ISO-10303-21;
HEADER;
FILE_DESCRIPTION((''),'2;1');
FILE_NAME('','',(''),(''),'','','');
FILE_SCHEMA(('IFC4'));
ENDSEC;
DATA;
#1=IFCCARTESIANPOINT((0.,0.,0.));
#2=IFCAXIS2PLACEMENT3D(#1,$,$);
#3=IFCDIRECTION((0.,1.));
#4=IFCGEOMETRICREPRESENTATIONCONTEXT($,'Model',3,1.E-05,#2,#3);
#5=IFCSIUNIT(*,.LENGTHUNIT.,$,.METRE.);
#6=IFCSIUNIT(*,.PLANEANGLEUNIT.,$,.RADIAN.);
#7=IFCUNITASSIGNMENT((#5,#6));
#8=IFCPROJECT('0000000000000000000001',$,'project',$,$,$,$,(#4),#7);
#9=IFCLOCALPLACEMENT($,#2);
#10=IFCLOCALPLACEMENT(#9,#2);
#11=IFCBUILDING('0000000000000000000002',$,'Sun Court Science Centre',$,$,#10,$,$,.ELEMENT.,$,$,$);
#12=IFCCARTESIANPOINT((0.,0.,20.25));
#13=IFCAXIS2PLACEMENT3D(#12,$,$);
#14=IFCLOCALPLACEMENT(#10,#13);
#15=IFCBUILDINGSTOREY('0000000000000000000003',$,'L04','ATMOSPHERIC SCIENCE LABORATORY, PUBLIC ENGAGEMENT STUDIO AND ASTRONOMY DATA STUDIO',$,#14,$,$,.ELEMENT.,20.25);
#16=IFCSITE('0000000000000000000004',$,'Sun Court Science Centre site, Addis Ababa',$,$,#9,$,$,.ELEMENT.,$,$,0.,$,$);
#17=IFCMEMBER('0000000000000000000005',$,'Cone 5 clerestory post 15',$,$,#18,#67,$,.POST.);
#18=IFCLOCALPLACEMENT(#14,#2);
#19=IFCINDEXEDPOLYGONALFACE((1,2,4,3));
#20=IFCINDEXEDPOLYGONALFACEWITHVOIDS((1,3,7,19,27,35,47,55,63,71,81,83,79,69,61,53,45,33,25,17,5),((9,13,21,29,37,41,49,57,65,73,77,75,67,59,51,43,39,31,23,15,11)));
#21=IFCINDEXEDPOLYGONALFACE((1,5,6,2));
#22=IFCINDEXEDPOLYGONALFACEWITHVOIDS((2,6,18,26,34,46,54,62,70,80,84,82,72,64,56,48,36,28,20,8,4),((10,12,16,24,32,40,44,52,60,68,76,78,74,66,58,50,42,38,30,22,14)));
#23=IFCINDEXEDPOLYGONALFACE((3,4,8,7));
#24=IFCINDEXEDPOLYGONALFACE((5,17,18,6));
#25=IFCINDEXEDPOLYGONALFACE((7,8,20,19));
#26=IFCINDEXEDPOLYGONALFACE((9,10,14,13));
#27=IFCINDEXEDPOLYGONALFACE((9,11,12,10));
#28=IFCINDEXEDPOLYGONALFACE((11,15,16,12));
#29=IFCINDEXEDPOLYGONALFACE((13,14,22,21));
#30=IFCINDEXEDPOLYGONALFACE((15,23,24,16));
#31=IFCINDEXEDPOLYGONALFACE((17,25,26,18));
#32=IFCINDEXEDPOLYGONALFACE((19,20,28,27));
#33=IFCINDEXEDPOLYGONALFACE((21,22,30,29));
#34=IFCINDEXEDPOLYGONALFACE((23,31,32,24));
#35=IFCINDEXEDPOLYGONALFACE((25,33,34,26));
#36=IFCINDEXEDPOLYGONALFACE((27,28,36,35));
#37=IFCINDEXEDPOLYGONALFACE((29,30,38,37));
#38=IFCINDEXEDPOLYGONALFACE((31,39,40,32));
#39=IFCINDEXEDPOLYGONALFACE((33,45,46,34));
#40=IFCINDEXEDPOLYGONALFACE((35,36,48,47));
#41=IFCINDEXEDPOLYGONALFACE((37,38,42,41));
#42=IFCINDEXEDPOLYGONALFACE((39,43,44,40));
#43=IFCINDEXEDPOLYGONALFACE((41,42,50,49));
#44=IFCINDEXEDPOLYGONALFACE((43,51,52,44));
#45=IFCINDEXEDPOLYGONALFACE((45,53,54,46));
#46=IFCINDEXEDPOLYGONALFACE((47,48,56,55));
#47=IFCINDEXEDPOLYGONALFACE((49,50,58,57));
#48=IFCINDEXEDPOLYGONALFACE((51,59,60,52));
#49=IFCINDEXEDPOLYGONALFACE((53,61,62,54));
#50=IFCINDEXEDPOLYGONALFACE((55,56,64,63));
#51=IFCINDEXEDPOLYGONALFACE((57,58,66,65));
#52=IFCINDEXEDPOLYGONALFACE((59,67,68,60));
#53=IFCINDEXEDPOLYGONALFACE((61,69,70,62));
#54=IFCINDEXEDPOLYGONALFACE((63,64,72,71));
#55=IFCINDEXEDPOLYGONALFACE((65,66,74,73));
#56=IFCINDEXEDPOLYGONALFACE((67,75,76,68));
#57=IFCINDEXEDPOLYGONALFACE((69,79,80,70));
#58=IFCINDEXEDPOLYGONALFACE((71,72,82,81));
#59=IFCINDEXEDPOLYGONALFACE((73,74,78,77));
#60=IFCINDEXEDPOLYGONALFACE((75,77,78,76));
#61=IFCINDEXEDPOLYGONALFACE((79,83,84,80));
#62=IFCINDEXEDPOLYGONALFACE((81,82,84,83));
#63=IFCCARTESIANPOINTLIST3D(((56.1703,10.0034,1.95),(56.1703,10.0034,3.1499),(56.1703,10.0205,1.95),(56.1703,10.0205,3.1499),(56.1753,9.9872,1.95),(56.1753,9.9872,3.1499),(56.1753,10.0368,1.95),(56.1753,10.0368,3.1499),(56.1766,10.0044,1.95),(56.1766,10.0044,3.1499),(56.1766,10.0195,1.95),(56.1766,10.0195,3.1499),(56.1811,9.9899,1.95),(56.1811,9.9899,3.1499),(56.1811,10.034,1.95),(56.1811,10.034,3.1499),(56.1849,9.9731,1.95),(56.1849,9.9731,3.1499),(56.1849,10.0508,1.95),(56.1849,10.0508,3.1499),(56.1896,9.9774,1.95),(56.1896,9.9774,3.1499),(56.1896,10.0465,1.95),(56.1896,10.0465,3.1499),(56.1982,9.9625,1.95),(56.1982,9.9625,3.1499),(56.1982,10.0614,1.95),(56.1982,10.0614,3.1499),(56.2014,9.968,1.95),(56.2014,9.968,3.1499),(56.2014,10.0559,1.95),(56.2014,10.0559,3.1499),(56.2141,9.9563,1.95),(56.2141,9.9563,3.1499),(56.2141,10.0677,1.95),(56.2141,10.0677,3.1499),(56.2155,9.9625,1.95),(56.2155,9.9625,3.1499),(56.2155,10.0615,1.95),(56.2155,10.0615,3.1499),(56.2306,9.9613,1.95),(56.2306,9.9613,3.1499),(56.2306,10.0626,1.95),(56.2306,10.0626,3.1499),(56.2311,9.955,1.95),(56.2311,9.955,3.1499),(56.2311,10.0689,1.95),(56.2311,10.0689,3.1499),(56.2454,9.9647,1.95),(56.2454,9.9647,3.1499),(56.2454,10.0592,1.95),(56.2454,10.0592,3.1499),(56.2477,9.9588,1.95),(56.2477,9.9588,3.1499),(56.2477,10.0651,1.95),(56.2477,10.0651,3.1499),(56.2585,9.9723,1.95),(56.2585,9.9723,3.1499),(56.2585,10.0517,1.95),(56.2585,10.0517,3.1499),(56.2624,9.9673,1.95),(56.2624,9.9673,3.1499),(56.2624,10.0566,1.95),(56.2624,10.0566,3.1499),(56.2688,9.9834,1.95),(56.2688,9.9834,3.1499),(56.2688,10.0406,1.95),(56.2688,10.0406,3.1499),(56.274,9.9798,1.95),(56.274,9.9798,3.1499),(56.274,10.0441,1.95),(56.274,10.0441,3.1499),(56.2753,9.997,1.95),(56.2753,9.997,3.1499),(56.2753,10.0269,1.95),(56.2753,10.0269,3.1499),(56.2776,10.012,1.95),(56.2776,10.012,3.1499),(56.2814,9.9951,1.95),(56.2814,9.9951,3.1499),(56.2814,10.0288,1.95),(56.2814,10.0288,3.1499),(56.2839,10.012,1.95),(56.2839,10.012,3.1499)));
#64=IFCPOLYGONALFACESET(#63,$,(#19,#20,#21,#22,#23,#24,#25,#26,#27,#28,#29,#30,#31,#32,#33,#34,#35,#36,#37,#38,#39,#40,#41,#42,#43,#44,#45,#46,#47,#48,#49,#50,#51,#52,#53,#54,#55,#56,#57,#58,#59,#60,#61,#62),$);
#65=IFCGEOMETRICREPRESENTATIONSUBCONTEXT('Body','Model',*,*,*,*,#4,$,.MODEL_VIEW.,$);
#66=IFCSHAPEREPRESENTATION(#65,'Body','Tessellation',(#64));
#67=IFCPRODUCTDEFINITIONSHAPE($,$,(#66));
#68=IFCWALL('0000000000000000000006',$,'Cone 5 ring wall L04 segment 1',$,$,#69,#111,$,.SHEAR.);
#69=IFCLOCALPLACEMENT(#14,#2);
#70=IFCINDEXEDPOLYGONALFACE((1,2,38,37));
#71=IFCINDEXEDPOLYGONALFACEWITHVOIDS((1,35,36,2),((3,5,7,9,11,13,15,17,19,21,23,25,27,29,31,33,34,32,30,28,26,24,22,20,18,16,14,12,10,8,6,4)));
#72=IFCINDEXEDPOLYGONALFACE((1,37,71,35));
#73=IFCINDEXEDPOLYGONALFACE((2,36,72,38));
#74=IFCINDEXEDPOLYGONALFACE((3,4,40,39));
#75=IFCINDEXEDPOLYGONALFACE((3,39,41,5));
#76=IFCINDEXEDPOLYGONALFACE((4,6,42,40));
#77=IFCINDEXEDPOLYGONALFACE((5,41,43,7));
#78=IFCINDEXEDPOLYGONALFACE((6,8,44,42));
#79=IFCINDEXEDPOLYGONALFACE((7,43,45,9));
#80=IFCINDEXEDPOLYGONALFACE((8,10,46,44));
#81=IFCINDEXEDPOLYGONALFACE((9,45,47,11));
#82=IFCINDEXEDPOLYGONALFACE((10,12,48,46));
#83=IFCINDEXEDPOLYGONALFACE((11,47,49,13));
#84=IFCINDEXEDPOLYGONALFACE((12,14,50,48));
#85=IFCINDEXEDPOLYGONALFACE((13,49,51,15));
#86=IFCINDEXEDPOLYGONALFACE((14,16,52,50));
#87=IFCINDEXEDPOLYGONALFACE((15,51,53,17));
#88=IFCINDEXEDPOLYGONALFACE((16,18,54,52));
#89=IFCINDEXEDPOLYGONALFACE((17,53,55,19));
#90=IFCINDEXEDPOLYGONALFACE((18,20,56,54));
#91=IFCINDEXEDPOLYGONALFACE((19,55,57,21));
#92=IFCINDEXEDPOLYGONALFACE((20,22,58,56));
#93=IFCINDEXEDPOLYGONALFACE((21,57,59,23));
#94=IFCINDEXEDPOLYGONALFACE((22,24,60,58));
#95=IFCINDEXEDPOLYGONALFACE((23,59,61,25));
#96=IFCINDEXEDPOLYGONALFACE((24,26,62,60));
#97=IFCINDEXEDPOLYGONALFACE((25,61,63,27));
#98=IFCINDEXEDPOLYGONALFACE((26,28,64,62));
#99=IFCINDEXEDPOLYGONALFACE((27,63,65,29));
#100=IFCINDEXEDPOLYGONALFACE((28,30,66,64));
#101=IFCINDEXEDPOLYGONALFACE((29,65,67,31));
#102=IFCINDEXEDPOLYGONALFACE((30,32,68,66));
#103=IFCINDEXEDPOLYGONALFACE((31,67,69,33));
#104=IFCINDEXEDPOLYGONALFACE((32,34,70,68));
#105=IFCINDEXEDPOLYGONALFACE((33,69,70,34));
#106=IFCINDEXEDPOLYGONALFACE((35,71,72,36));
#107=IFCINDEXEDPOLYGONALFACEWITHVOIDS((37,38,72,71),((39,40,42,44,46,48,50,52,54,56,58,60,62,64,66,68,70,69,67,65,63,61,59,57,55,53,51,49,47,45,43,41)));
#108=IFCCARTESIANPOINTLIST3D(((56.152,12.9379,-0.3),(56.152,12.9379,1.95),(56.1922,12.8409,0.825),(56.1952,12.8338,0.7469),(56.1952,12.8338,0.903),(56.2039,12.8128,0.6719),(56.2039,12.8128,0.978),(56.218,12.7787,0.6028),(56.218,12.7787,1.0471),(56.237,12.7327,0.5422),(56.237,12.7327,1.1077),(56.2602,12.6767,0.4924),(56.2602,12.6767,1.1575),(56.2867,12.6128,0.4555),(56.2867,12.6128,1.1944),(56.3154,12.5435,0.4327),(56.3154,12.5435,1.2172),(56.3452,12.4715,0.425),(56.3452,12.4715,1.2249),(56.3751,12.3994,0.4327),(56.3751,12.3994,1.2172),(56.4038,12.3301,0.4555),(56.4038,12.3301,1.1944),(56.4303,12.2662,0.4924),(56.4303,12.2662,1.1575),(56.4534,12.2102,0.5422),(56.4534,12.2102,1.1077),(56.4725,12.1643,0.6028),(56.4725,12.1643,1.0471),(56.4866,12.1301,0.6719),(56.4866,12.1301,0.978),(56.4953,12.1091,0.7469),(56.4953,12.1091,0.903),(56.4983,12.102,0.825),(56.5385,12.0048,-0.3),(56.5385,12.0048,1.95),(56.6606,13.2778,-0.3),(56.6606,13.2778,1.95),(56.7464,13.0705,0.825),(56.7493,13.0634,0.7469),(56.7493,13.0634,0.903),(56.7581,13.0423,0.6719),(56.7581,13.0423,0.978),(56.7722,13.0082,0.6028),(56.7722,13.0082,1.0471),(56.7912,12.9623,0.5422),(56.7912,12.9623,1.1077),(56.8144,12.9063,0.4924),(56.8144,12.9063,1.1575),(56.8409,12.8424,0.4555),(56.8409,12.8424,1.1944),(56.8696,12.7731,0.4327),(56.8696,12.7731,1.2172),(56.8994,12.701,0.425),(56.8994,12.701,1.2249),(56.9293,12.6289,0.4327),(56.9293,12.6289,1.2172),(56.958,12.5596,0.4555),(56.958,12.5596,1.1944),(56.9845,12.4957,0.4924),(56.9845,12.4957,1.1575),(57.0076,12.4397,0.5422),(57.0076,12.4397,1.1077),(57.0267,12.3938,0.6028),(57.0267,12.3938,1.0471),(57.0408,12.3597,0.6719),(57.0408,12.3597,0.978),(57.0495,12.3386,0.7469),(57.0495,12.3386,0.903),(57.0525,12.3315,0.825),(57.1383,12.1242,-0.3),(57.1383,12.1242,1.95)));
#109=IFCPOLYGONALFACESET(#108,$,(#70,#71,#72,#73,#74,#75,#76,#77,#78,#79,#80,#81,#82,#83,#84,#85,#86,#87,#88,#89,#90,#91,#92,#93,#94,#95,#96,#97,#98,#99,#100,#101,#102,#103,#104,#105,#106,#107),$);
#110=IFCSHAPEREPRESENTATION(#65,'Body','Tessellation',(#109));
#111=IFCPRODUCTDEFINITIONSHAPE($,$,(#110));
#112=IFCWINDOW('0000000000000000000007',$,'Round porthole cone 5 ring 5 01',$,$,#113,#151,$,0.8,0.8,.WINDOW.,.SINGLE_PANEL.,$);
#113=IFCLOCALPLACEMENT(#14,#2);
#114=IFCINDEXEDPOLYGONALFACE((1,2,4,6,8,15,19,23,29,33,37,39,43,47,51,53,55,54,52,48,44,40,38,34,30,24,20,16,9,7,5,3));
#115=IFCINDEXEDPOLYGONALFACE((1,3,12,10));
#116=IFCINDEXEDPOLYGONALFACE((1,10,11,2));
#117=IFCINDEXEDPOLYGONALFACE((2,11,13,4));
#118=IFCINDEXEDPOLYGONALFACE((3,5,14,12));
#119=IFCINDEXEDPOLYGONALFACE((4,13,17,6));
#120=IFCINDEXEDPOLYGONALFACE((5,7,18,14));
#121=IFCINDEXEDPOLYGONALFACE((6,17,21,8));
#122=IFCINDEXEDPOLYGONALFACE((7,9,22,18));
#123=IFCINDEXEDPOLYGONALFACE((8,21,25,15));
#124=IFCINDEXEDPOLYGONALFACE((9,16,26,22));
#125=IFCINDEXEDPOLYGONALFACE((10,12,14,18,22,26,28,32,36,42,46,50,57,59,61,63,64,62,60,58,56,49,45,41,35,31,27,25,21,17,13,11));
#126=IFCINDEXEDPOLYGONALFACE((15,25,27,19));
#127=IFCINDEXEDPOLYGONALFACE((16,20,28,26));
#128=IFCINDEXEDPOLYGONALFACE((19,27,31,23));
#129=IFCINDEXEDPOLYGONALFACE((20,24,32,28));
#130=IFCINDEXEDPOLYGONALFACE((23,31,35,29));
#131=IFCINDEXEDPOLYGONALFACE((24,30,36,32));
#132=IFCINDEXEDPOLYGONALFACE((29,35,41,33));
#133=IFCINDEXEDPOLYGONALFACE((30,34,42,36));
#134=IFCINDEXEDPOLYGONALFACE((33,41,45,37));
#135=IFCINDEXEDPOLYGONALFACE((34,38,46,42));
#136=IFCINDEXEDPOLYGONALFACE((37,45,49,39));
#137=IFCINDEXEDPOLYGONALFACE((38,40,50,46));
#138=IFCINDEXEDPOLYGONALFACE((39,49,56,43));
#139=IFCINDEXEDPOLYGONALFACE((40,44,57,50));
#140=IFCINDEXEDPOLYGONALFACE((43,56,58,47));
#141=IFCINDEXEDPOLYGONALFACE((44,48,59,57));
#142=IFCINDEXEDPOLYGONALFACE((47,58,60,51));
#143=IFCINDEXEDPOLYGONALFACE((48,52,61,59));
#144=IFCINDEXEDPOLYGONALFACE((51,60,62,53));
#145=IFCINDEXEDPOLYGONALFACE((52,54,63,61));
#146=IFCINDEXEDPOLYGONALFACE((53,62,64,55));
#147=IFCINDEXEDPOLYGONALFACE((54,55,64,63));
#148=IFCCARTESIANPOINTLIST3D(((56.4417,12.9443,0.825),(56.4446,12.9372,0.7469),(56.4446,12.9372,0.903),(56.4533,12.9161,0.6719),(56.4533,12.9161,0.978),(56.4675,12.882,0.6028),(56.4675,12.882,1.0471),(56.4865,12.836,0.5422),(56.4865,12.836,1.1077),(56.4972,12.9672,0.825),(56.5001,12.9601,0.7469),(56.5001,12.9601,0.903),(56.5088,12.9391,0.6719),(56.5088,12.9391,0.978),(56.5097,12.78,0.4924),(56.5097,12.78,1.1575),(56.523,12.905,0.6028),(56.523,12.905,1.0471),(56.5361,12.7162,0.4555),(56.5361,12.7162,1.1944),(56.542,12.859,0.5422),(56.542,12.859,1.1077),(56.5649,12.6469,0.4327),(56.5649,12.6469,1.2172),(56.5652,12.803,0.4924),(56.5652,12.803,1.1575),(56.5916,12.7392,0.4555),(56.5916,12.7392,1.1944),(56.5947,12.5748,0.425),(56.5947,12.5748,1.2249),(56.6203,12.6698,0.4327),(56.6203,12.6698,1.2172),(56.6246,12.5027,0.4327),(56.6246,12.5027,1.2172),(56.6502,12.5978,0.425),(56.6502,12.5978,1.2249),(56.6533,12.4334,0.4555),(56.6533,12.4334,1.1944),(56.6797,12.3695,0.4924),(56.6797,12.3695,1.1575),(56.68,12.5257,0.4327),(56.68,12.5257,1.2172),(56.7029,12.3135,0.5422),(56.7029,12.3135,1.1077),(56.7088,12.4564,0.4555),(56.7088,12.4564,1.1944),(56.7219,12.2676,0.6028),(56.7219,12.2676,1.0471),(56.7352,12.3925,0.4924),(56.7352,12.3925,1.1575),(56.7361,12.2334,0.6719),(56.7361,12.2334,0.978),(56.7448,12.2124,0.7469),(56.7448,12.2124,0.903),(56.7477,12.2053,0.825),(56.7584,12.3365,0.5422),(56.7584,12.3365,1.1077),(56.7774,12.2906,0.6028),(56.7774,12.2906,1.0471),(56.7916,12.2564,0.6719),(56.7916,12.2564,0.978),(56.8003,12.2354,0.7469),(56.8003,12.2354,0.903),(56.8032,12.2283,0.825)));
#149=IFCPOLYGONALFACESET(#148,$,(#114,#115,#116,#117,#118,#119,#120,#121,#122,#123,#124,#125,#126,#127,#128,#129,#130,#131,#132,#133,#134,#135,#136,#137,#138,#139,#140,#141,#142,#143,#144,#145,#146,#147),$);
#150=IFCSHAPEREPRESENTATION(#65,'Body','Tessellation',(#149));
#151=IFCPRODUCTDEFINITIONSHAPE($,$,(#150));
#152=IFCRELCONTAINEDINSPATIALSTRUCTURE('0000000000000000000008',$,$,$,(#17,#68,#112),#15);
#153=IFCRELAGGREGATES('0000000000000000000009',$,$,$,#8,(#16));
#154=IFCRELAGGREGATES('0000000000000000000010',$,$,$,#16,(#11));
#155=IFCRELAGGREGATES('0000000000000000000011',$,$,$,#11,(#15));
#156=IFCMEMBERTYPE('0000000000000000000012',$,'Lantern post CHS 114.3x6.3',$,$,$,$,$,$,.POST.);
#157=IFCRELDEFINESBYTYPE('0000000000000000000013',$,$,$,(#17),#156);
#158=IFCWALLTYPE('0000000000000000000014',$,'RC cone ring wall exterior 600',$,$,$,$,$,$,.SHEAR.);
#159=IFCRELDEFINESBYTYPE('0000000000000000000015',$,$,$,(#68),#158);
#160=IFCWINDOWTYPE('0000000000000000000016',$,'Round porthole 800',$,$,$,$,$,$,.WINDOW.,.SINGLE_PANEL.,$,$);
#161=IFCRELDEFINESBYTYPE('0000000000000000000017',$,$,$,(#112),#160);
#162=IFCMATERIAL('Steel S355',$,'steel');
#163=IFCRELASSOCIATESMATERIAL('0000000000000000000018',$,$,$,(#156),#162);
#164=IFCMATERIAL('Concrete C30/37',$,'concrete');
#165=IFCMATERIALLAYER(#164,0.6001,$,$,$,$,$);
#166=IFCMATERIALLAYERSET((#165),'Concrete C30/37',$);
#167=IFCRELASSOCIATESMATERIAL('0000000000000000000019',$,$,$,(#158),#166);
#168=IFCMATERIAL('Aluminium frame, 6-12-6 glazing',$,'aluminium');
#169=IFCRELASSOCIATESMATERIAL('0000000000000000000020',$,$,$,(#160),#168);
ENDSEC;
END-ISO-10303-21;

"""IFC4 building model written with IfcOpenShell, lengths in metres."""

from ifc_helpers import new_model, si_unit, direction, frame, frame_2d, origin, origin_2d, place, context, subcontext, project, spatial, polyline, circle, hollow_circle, outline, extrude, material, layer, layer_set, material_profile, profile_set, type_object, element, fill, save


model = new_model("IFC4")

# Units and contexts
model_context = context("Model", 3, precision=1e-05, world=origin(), true_north=direction((0.0, 1.0)))
body_context = subcontext(model_context, "Body", "Model", "MODEL_VIEW")
ifc_project = project(units=[si_unit("LENGTHUNIT", "METRE"), si_unit("PLANEANGLEUNIT", "RADIAN")], contexts=[model_context])

# Site, building, storey
site_placement = place(None, origin())
site = spatial("IfcSite", under=ifc_project, at=site_placement, Name="Sun Court Science Centre site, Addis Ababa", CompositionType="ELEMENT", RefElevation=0.0)
building_placement = place(site_placement, origin())
building = spatial("IfcBuilding", under=site, at=building_placement, Name="Sun Court Science Centre", CompositionType="ELEMENT")
storey_placement = place(building_placement, frame((0.0, 0.0, 20.25)))
storey = spatial("IfcBuildingStorey", under=building, at=storey_placement, Name="L04", Description="ATMOSPHERIC SCIENCE LABORATORY, PUBLIC ENGAGEMENT STUDIO AND ASTRONOMY DATA STUDIO", CompositionType="ELEMENT", Elevation=20.25)

# Member
ifc_material_1 = material(Name="Steel S355", Category="steel")
ifc_material_profile_1 = material_profile(ifc_material_1, hollow_circle(Radius=0.0571, WallThickness=0.0063, at=origin_2d()), Name="CHS 114.3x6.3")
ifc_profile_set_1 = profile_set([ifc_material_profile_1], Name="Steel S355")
member_type_1 = type_object("IfcMemberType", Name="Lantern post CHS 114.3x6.3", PredefinedType="POST", material=ifc_profile_set_1)
for number, where, z_axis, x_axis, name in (
    (1, (56.2268, 10.012, 1.95), (0.0, 0.0, 1.0), (1.0, 0.0, 0.0), "Cone 5 clerestory post 15"),
):
    element("IfcMember", number, at=place(storey_placement, frame(where, z_axis=z_axis, x_axis=x_axis)), inside=storey, type_object=member_type_1, Name=name, PredefinedType="POST", context=body_context, shape_type="SweptSolid", body=[
        extrude(hollow_circle(Radius=0.0571, WallThickness=0.0063, at=origin_2d()), origin(), (0.0, 0.0, 1.0), 1.2),
    ])

# Wall, opening, window
ifc_material_2 = material(Name="Concrete C30/37", Category="concrete")
ifc_layer = layer(ifc_material_2, 0.6001)
ifc_layer_set = layer_set([ifc_layer], Name="Concrete C30/37")
wall_type = type_object("IfcWallType", Name="RC cone ring wall exterior 600", PredefinedType="SHEAR", material=ifc_layer_set)
wall_1_placement = place(storey_placement, frame((56.8613, 12.0095, -0.3), z_axis=(0.0, 0.0, 1.0), x_axis=(-0.382657, 0.923891, 0.0)))
wall_1 = element("IfcWall", 2, at=wall_1_placement, inside=storey, type_object=wall_type, Name="Cone 5 ring wall L04 segment 1", PredefinedType="SHEAR", context=body_context, shape_type="SweptSolid", body=[
    extrude(outline(polyline([(0.0, -0.2998), (1.2485, -0.2998), (1.1292, 0.3), (0.1191, 0.3), (0.0, -0.2998)])), origin(), (0.0, 0.0, 1.0), 2.25),
])
opening_1_placement = place(wall_1_placement, frame((0.2244, 0.0, 0.7251)))
opening_1 = element("IfcOpeningElement", 3, at=opening_1_placement, cuts=wall_1, PredefinedType="OPENING", context=body_context, shape_type="SweptSolid", body=[
    extrude(circle(Radius=0.3999, at=frame_2d((0.3999, 0.3999))), frame((0.0, 0.3101, 0.0), z_axis=(0.0, -1.0, 0.0), x_axis=(1.0, 0.0, 0.0)), (0.0, 0.0, 1.0), 0.6201),
])
ifc_material_3 = material(Name="Aluminium frame, 6-12-6 glazing", Category="aluminium")
window_type = type_object("IfcWindowType", Name="Round porthole 800", PartitioningType="SINGLE_PANEL", PredefinedType="WINDOW", material=ifc_material_3)
window_1_placement = place(opening_1_placement, origin())
window_1 = element("IfcWindow", 4, at=window_1_placement, inside=storey, type_object=window_type, Name="Round porthole cone 5 ring 5 01", OverallHeight=0.8, OverallWidth=0.8, PartitioningType="SINGLE_PANEL", PredefinedType="WINDOW", context=body_context, shape_type="SweptSolid", body=[
    extrude(circle(Radius=0.3999, at=frame_2d((0.3999, 0.3999))), frame((0.0, 0.03, 0.0), z_axis=(0.0, -1.0, 0.0), x_axis=(1.0, 0.0, 0.0)), (0.0, 0.0, 1.0), 0.0601),
])
fill(opening_1, window_1)

save(model, "model.ifc")
